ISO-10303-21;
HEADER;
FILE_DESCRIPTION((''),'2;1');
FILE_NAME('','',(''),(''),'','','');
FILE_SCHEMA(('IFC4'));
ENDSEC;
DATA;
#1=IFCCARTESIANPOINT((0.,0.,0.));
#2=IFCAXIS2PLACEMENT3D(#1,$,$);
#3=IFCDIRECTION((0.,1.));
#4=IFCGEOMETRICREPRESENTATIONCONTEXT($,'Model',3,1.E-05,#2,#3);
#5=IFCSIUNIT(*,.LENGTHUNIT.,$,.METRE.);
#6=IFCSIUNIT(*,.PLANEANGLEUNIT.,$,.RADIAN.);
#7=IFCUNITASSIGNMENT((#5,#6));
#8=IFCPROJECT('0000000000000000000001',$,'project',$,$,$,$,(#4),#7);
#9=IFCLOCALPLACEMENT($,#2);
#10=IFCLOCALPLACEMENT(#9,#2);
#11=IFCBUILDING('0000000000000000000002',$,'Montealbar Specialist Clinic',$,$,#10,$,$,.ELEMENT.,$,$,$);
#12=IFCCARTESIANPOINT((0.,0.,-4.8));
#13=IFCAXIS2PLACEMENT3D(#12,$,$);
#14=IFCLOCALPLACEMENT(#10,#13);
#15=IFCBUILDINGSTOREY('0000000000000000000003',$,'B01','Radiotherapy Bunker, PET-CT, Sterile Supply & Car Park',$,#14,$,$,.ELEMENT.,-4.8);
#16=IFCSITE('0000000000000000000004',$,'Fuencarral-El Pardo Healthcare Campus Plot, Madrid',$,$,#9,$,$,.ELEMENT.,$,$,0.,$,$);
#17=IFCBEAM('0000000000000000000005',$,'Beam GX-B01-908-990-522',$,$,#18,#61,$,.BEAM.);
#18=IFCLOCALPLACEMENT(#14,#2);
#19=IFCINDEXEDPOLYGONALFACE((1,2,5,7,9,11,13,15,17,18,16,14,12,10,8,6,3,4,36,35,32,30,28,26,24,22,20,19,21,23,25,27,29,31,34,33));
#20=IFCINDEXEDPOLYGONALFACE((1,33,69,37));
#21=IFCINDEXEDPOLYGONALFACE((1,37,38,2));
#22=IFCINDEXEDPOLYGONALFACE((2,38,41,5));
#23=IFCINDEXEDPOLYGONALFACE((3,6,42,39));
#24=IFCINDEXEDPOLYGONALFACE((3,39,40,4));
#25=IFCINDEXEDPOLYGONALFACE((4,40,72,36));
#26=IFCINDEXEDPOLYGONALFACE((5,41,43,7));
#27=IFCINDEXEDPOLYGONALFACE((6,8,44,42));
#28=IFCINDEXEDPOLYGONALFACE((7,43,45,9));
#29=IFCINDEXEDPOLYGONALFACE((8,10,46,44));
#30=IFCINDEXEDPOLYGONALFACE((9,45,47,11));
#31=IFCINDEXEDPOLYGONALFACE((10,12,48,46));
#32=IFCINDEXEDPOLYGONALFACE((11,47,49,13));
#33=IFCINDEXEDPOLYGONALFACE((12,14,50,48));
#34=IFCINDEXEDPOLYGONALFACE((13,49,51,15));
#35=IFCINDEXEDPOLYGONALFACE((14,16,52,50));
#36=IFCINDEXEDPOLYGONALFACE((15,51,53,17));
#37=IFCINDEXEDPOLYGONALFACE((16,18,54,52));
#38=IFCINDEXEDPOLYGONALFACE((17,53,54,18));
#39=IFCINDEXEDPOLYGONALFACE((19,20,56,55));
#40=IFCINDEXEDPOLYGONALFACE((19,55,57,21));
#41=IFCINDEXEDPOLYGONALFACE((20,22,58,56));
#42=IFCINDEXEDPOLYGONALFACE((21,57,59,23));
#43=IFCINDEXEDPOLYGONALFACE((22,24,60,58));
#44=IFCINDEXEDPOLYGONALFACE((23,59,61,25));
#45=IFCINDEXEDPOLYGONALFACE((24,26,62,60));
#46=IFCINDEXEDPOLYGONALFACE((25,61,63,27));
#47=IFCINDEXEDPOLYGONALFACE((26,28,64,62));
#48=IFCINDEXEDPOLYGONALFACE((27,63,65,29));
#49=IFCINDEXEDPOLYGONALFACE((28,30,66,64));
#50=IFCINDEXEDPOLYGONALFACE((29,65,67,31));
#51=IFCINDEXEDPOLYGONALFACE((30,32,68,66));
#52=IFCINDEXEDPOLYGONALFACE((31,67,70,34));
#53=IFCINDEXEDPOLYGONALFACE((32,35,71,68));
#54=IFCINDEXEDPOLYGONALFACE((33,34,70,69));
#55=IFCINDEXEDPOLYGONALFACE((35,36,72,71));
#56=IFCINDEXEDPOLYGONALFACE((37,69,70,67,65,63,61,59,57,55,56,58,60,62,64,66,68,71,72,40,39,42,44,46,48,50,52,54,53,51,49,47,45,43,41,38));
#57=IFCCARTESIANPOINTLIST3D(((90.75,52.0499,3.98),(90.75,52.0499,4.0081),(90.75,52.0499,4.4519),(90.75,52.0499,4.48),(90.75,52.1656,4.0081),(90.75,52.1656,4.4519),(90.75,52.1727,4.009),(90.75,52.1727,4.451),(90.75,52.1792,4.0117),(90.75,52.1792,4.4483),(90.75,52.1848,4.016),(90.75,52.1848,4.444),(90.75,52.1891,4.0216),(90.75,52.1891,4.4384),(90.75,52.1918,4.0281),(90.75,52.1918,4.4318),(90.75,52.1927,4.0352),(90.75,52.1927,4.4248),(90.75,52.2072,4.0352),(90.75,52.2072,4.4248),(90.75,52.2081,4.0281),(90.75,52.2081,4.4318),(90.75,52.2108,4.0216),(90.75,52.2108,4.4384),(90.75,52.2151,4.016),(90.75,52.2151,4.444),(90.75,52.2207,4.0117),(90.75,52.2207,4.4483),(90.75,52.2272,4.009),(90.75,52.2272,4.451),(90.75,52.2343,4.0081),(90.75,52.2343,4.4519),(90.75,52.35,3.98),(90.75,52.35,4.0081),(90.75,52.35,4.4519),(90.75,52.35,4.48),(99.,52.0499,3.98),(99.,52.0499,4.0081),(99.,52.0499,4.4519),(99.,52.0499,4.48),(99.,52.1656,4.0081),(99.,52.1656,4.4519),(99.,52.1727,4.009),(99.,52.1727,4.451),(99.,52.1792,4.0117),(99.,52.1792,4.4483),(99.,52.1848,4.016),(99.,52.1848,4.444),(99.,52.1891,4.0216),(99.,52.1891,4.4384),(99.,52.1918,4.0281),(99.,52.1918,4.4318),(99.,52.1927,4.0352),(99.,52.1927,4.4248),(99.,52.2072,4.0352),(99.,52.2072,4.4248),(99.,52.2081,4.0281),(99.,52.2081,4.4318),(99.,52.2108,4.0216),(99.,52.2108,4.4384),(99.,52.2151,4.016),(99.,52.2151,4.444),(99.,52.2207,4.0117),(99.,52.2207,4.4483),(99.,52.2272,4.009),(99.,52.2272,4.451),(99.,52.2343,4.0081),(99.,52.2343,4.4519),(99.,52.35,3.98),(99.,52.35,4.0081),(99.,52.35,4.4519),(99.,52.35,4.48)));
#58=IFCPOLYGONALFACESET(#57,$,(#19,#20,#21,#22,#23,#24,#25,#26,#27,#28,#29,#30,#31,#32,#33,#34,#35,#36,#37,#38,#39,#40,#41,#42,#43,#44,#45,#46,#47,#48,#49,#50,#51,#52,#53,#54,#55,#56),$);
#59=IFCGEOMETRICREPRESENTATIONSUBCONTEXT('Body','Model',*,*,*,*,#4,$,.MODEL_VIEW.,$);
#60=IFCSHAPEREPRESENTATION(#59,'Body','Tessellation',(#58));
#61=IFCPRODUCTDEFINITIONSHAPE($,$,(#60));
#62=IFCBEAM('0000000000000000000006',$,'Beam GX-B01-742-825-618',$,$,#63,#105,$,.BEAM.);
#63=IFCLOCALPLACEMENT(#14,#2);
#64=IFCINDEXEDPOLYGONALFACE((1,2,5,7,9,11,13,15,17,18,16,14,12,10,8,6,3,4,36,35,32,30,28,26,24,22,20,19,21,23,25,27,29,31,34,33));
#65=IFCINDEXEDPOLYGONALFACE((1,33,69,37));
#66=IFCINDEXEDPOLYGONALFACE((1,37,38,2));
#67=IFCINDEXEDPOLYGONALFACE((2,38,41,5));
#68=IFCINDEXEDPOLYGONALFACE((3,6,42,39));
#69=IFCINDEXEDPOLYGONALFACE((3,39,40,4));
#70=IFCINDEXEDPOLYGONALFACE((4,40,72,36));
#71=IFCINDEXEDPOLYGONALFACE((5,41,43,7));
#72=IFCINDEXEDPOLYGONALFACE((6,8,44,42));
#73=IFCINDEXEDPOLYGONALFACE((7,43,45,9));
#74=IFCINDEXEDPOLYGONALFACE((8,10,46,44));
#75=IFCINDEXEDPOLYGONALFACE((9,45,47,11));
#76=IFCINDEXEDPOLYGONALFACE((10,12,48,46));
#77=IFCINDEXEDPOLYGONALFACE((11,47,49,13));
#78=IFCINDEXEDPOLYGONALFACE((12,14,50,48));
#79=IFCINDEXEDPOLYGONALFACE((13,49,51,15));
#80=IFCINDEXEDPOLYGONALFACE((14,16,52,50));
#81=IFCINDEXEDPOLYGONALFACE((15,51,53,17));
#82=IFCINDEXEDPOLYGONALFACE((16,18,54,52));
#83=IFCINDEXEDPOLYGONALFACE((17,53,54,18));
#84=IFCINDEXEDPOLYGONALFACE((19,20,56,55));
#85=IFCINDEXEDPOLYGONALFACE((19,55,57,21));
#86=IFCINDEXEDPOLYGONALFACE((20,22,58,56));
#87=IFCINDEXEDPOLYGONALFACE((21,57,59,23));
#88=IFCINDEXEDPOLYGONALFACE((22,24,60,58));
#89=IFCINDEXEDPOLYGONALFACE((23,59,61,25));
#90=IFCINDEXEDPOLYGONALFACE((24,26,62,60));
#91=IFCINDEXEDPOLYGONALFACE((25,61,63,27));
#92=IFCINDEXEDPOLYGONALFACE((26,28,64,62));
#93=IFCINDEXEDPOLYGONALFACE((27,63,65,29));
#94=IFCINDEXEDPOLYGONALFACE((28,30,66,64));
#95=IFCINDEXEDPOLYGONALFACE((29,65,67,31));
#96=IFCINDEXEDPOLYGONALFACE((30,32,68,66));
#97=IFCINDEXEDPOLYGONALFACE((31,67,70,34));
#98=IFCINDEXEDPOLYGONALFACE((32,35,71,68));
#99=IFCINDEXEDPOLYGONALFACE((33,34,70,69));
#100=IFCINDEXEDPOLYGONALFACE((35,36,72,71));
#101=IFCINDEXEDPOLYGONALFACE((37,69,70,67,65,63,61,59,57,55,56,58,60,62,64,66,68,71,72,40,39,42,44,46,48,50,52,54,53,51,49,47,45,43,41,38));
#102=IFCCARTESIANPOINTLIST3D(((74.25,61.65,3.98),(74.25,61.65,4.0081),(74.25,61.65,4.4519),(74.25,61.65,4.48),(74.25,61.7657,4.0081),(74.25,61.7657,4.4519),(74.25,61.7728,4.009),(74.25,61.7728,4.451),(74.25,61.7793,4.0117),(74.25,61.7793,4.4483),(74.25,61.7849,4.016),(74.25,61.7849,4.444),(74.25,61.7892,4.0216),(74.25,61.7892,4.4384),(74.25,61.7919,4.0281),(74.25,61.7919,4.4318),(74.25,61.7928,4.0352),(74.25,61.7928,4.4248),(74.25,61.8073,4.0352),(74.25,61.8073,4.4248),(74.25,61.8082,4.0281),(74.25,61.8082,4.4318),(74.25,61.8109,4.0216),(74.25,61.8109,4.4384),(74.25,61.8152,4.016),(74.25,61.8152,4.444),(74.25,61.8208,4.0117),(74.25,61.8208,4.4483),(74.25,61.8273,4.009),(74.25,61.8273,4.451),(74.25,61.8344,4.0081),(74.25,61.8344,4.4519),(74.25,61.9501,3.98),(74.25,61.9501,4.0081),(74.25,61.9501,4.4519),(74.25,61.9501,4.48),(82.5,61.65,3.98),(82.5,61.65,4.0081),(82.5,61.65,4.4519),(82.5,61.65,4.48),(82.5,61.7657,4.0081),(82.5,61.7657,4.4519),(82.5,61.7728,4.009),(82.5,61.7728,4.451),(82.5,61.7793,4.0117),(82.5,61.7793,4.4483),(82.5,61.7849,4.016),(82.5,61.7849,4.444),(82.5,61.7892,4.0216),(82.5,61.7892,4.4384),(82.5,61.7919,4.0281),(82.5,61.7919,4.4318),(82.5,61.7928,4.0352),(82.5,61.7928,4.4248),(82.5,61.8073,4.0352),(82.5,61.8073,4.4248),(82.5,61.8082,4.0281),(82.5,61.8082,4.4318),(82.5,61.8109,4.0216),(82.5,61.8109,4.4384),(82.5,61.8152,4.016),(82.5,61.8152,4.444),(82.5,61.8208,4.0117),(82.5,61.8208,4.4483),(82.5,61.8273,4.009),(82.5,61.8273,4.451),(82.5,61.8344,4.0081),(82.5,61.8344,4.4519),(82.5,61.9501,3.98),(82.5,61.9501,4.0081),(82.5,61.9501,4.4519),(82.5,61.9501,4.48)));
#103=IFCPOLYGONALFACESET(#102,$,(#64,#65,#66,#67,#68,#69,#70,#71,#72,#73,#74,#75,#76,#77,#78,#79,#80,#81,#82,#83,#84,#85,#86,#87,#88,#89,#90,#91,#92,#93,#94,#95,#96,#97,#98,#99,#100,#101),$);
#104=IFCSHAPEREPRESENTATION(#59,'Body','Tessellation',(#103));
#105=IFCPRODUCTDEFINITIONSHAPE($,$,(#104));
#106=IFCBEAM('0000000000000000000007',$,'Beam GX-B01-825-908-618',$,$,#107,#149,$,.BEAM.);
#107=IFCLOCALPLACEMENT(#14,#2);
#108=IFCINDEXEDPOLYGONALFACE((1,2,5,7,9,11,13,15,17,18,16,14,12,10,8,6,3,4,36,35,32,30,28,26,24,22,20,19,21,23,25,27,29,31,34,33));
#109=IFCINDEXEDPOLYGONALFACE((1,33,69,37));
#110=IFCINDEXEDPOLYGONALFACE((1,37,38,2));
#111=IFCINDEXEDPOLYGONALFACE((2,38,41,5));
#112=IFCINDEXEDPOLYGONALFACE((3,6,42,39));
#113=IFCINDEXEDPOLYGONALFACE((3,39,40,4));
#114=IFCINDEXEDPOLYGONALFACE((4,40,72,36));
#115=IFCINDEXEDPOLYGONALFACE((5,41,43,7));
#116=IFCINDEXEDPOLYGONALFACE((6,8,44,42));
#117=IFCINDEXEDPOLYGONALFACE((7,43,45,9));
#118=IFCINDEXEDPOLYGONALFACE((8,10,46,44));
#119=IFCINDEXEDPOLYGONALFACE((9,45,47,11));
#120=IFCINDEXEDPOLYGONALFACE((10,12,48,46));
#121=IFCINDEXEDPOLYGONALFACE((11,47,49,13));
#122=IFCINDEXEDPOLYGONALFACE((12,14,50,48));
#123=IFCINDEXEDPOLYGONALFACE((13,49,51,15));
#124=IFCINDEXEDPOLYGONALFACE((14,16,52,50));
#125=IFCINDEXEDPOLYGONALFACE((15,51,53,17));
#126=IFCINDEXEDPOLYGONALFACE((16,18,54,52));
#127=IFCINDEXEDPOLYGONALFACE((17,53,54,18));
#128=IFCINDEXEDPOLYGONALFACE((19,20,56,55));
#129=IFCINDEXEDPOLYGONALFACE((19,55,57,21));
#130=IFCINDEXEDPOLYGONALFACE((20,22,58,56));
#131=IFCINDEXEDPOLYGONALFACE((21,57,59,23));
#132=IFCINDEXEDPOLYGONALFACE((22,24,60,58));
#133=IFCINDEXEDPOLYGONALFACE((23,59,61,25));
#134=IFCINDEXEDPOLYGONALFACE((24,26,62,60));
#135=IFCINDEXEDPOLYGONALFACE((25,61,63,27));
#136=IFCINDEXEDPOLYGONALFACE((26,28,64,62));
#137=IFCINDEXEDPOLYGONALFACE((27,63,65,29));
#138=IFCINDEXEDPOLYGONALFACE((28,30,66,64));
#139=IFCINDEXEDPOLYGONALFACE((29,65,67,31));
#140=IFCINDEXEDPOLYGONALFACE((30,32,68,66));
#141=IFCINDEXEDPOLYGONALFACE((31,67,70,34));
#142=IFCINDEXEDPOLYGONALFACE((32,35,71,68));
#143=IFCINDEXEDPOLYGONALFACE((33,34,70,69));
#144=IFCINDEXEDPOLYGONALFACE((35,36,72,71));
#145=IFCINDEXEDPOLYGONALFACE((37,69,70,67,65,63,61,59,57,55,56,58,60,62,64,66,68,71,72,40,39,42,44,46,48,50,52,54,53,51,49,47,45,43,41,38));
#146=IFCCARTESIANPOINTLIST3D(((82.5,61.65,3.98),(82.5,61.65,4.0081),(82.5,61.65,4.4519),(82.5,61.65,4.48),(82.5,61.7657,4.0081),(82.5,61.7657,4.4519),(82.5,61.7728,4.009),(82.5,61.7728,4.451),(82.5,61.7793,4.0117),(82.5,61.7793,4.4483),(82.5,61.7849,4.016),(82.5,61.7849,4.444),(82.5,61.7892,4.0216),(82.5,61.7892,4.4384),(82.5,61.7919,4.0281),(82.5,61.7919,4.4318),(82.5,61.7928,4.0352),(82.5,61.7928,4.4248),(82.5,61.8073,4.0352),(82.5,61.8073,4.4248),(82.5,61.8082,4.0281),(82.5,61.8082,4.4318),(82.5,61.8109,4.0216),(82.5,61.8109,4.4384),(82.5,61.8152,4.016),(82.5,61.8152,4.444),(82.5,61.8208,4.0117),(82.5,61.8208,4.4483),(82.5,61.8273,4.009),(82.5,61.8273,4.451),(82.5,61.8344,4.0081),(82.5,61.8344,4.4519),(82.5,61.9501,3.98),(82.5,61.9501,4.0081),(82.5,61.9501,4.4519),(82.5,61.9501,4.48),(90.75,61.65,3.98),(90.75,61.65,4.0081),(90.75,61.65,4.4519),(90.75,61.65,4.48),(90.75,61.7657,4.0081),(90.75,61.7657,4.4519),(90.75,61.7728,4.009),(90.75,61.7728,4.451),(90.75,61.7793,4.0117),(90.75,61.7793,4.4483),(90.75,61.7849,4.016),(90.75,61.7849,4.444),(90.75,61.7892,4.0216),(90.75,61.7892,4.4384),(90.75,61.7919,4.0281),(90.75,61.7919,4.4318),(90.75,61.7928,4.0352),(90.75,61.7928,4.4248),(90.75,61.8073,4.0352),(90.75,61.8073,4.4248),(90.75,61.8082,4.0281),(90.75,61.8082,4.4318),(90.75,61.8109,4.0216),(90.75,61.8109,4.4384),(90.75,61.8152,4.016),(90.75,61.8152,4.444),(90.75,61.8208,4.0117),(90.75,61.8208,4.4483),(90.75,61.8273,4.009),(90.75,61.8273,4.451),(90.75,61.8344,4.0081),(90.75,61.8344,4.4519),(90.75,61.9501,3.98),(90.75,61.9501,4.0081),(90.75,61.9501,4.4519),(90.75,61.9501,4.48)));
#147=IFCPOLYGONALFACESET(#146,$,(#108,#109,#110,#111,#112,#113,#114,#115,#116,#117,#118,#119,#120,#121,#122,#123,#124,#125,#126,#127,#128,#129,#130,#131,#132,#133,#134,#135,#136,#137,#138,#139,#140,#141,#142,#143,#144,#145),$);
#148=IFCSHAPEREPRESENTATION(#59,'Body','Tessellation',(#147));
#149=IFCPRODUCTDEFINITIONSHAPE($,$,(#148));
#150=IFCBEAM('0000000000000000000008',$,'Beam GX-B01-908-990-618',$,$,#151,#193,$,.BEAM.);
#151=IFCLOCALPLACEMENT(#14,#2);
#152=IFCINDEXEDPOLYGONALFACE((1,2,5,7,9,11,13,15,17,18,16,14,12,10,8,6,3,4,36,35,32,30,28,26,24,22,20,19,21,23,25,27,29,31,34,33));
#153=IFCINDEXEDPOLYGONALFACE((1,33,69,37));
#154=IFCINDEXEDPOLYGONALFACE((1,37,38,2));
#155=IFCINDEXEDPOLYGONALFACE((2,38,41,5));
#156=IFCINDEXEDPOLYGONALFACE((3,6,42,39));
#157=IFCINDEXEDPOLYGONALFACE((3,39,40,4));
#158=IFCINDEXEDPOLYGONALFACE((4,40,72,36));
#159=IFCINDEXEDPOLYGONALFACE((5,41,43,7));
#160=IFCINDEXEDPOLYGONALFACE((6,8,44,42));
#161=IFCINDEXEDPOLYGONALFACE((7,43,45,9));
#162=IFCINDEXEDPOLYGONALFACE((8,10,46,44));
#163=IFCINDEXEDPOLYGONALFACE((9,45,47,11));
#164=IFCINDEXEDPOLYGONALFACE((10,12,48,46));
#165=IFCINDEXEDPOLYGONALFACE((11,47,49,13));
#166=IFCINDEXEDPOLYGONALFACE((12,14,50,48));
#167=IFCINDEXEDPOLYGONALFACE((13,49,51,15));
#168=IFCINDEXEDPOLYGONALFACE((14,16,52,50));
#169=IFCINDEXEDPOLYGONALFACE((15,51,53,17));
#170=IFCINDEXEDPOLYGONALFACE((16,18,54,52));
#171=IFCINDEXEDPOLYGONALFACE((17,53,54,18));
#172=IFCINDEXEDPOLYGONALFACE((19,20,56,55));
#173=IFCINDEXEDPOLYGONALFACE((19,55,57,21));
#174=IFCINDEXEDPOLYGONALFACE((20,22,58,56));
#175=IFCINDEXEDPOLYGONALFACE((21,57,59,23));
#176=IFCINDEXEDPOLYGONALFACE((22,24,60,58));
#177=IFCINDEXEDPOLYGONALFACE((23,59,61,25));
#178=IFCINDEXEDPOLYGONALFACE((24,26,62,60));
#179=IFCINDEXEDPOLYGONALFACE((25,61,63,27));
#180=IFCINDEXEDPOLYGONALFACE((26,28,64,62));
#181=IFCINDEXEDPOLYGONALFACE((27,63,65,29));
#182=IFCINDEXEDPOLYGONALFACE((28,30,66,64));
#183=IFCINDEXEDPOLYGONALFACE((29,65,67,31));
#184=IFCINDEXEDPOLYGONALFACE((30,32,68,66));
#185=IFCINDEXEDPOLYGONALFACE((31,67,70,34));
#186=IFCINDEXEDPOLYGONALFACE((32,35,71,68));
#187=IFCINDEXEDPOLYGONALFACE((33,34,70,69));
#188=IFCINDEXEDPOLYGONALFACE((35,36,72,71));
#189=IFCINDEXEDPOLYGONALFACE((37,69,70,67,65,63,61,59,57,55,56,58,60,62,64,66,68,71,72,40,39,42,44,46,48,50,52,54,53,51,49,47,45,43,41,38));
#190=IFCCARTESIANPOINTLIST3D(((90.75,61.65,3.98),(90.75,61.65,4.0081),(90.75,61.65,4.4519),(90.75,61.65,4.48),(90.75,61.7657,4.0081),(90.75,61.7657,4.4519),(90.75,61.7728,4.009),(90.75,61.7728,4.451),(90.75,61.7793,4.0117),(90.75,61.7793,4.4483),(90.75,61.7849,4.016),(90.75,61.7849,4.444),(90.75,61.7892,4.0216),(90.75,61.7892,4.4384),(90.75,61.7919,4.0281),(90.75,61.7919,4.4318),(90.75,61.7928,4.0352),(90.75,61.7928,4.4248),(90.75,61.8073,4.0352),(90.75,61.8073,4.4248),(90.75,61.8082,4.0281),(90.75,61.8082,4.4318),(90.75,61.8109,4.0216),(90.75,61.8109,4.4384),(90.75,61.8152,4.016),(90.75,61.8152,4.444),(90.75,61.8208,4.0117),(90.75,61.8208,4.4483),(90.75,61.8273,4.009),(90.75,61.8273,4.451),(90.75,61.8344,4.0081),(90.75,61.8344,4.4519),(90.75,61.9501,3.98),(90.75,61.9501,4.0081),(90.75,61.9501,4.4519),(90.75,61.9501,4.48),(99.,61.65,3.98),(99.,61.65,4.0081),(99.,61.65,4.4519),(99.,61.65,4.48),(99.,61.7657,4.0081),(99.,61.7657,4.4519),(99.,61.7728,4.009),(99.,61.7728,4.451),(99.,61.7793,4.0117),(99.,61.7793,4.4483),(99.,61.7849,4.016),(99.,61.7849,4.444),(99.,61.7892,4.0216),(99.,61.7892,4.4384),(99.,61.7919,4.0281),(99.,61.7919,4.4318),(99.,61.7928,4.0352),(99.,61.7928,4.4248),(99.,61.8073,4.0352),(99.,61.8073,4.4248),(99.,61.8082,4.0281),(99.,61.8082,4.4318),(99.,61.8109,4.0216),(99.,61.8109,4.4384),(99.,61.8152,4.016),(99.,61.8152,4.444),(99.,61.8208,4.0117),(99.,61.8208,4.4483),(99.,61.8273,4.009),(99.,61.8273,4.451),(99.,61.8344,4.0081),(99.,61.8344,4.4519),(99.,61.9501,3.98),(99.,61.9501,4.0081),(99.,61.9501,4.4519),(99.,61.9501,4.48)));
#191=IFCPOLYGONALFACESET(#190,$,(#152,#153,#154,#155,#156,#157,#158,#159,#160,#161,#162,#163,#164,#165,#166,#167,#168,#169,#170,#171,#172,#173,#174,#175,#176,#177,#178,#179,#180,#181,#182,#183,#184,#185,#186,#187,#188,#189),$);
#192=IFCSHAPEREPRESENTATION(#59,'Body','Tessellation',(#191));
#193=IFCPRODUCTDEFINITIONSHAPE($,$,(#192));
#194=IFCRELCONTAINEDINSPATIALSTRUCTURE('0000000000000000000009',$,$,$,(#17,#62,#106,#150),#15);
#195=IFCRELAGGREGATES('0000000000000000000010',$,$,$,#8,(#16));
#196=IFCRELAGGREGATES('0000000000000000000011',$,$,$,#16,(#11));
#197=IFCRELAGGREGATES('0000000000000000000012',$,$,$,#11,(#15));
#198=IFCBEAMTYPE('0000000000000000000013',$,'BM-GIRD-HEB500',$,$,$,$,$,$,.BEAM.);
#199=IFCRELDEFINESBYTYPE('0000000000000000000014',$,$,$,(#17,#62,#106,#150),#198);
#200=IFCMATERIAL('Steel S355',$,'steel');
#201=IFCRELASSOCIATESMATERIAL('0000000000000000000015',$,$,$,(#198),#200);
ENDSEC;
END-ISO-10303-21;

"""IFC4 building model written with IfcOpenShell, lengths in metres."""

from ifc_helpers import new_model, si_unit, direction, frame, origin, origin_2d, place, context, subcontext, project, spatial, i_section, extrude, material, material_profile, profile_set, type_object, element, save


model = new_model("IFC4")

# Units and contexts
model_context = context("Model", 3, precision=1e-05, world=origin(), true_north=direction((0.0, 1.0)))
body_context = subcontext(model_context, "Body", "Model", "MODEL_VIEW")
ifc_project = project(units=[si_unit("LENGTHUNIT", "METRE"), si_unit("PLANEANGLEUNIT", "RADIAN")], contexts=[model_context])

# Site, building, storey
site_placement = place(None, origin())
site = spatial("IfcSite", under=ifc_project, at=site_placement, Name="Fuencarral-El Pardo Healthcare Campus Plot, Madrid", CompositionType="ELEMENT", RefElevation=0.0)
building_placement = place(site_placement, origin())
building = spatial("IfcBuilding", under=site, at=building_placement, Name="Montealbar Specialist Clinic", CompositionType="ELEMENT")
storey_placement = place(building_placement, frame((0.0, 0.0, -4.8)))
storey = spatial("IfcBuildingStorey", under=building, at=storey_placement, Name="B01", Description="Radiotherapy Bunker, PET-CT, Sterile Supply & Car Park", CompositionType="ELEMENT", Elevation=-4.8)

# Shared definitions
ifc_material_1 = material(Name="Steel S355", Category="steel")

# Beams
ifc_material_profile_1 = material_profile(ifc_material_1, i_section(OverallWidth=0.3, OverallDepth=0.5, WebThickness=0.0144, FlangeThickness=0.0281, FilletRadius=0.0271, at=origin_2d()), Name="HEB 500", Category="steel")
ifc_profile_set_1 = profile_set([ifc_material_profile_1], Name="Steel S355")
beam_type_1 = type_object("IfcBeamType", Name="BM-GIRD-HEB500", PredefinedType="BEAM", material=ifc_profile_set_1)
for number, where, z_axis, x_axis, name in (
    (1, (90.75, 52.2, 4.23), (1.0, 0.0, 0.0), (0.0, 1.0, 0.0), "Beam GX-B01-908-990-522"),
    (2, (74.25, 61.8, 4.23), (1.0, 0.0, 0.0), (0.0, 1.0, 0.0), "Beam GX-B01-742-825-618"),
    (3, (82.5, 61.8, 4.23), (1.0, 0.0, 0.0), (0.0, 1.0, 0.0), "Beam GX-B01-825-908-618"),
    (4, (90.75, 61.8, 4.23), (1.0, 0.0, 0.0), (0.0, 1.0, 0.0), "Beam GX-B01-908-990-618"),
):
    element("IfcBeam", number, at=place(storey_placement, frame(where, z_axis=z_axis, x_axis=x_axis)), inside=storey, type_object=beam_type_1, Name=name, PredefinedType="BEAM", context=body_context, shape_type="SweptSolid", body=[
        extrude(i_section(OverallWidth=0.3, OverallDepth=0.5, WebThickness=0.0144, FlangeThickness=0.0281, FilletRadius=0.0271, at=origin_2d()), origin(), (0.0, 0.0, 1.0), 8.25),
    ])

save(model, "model.ifc")
